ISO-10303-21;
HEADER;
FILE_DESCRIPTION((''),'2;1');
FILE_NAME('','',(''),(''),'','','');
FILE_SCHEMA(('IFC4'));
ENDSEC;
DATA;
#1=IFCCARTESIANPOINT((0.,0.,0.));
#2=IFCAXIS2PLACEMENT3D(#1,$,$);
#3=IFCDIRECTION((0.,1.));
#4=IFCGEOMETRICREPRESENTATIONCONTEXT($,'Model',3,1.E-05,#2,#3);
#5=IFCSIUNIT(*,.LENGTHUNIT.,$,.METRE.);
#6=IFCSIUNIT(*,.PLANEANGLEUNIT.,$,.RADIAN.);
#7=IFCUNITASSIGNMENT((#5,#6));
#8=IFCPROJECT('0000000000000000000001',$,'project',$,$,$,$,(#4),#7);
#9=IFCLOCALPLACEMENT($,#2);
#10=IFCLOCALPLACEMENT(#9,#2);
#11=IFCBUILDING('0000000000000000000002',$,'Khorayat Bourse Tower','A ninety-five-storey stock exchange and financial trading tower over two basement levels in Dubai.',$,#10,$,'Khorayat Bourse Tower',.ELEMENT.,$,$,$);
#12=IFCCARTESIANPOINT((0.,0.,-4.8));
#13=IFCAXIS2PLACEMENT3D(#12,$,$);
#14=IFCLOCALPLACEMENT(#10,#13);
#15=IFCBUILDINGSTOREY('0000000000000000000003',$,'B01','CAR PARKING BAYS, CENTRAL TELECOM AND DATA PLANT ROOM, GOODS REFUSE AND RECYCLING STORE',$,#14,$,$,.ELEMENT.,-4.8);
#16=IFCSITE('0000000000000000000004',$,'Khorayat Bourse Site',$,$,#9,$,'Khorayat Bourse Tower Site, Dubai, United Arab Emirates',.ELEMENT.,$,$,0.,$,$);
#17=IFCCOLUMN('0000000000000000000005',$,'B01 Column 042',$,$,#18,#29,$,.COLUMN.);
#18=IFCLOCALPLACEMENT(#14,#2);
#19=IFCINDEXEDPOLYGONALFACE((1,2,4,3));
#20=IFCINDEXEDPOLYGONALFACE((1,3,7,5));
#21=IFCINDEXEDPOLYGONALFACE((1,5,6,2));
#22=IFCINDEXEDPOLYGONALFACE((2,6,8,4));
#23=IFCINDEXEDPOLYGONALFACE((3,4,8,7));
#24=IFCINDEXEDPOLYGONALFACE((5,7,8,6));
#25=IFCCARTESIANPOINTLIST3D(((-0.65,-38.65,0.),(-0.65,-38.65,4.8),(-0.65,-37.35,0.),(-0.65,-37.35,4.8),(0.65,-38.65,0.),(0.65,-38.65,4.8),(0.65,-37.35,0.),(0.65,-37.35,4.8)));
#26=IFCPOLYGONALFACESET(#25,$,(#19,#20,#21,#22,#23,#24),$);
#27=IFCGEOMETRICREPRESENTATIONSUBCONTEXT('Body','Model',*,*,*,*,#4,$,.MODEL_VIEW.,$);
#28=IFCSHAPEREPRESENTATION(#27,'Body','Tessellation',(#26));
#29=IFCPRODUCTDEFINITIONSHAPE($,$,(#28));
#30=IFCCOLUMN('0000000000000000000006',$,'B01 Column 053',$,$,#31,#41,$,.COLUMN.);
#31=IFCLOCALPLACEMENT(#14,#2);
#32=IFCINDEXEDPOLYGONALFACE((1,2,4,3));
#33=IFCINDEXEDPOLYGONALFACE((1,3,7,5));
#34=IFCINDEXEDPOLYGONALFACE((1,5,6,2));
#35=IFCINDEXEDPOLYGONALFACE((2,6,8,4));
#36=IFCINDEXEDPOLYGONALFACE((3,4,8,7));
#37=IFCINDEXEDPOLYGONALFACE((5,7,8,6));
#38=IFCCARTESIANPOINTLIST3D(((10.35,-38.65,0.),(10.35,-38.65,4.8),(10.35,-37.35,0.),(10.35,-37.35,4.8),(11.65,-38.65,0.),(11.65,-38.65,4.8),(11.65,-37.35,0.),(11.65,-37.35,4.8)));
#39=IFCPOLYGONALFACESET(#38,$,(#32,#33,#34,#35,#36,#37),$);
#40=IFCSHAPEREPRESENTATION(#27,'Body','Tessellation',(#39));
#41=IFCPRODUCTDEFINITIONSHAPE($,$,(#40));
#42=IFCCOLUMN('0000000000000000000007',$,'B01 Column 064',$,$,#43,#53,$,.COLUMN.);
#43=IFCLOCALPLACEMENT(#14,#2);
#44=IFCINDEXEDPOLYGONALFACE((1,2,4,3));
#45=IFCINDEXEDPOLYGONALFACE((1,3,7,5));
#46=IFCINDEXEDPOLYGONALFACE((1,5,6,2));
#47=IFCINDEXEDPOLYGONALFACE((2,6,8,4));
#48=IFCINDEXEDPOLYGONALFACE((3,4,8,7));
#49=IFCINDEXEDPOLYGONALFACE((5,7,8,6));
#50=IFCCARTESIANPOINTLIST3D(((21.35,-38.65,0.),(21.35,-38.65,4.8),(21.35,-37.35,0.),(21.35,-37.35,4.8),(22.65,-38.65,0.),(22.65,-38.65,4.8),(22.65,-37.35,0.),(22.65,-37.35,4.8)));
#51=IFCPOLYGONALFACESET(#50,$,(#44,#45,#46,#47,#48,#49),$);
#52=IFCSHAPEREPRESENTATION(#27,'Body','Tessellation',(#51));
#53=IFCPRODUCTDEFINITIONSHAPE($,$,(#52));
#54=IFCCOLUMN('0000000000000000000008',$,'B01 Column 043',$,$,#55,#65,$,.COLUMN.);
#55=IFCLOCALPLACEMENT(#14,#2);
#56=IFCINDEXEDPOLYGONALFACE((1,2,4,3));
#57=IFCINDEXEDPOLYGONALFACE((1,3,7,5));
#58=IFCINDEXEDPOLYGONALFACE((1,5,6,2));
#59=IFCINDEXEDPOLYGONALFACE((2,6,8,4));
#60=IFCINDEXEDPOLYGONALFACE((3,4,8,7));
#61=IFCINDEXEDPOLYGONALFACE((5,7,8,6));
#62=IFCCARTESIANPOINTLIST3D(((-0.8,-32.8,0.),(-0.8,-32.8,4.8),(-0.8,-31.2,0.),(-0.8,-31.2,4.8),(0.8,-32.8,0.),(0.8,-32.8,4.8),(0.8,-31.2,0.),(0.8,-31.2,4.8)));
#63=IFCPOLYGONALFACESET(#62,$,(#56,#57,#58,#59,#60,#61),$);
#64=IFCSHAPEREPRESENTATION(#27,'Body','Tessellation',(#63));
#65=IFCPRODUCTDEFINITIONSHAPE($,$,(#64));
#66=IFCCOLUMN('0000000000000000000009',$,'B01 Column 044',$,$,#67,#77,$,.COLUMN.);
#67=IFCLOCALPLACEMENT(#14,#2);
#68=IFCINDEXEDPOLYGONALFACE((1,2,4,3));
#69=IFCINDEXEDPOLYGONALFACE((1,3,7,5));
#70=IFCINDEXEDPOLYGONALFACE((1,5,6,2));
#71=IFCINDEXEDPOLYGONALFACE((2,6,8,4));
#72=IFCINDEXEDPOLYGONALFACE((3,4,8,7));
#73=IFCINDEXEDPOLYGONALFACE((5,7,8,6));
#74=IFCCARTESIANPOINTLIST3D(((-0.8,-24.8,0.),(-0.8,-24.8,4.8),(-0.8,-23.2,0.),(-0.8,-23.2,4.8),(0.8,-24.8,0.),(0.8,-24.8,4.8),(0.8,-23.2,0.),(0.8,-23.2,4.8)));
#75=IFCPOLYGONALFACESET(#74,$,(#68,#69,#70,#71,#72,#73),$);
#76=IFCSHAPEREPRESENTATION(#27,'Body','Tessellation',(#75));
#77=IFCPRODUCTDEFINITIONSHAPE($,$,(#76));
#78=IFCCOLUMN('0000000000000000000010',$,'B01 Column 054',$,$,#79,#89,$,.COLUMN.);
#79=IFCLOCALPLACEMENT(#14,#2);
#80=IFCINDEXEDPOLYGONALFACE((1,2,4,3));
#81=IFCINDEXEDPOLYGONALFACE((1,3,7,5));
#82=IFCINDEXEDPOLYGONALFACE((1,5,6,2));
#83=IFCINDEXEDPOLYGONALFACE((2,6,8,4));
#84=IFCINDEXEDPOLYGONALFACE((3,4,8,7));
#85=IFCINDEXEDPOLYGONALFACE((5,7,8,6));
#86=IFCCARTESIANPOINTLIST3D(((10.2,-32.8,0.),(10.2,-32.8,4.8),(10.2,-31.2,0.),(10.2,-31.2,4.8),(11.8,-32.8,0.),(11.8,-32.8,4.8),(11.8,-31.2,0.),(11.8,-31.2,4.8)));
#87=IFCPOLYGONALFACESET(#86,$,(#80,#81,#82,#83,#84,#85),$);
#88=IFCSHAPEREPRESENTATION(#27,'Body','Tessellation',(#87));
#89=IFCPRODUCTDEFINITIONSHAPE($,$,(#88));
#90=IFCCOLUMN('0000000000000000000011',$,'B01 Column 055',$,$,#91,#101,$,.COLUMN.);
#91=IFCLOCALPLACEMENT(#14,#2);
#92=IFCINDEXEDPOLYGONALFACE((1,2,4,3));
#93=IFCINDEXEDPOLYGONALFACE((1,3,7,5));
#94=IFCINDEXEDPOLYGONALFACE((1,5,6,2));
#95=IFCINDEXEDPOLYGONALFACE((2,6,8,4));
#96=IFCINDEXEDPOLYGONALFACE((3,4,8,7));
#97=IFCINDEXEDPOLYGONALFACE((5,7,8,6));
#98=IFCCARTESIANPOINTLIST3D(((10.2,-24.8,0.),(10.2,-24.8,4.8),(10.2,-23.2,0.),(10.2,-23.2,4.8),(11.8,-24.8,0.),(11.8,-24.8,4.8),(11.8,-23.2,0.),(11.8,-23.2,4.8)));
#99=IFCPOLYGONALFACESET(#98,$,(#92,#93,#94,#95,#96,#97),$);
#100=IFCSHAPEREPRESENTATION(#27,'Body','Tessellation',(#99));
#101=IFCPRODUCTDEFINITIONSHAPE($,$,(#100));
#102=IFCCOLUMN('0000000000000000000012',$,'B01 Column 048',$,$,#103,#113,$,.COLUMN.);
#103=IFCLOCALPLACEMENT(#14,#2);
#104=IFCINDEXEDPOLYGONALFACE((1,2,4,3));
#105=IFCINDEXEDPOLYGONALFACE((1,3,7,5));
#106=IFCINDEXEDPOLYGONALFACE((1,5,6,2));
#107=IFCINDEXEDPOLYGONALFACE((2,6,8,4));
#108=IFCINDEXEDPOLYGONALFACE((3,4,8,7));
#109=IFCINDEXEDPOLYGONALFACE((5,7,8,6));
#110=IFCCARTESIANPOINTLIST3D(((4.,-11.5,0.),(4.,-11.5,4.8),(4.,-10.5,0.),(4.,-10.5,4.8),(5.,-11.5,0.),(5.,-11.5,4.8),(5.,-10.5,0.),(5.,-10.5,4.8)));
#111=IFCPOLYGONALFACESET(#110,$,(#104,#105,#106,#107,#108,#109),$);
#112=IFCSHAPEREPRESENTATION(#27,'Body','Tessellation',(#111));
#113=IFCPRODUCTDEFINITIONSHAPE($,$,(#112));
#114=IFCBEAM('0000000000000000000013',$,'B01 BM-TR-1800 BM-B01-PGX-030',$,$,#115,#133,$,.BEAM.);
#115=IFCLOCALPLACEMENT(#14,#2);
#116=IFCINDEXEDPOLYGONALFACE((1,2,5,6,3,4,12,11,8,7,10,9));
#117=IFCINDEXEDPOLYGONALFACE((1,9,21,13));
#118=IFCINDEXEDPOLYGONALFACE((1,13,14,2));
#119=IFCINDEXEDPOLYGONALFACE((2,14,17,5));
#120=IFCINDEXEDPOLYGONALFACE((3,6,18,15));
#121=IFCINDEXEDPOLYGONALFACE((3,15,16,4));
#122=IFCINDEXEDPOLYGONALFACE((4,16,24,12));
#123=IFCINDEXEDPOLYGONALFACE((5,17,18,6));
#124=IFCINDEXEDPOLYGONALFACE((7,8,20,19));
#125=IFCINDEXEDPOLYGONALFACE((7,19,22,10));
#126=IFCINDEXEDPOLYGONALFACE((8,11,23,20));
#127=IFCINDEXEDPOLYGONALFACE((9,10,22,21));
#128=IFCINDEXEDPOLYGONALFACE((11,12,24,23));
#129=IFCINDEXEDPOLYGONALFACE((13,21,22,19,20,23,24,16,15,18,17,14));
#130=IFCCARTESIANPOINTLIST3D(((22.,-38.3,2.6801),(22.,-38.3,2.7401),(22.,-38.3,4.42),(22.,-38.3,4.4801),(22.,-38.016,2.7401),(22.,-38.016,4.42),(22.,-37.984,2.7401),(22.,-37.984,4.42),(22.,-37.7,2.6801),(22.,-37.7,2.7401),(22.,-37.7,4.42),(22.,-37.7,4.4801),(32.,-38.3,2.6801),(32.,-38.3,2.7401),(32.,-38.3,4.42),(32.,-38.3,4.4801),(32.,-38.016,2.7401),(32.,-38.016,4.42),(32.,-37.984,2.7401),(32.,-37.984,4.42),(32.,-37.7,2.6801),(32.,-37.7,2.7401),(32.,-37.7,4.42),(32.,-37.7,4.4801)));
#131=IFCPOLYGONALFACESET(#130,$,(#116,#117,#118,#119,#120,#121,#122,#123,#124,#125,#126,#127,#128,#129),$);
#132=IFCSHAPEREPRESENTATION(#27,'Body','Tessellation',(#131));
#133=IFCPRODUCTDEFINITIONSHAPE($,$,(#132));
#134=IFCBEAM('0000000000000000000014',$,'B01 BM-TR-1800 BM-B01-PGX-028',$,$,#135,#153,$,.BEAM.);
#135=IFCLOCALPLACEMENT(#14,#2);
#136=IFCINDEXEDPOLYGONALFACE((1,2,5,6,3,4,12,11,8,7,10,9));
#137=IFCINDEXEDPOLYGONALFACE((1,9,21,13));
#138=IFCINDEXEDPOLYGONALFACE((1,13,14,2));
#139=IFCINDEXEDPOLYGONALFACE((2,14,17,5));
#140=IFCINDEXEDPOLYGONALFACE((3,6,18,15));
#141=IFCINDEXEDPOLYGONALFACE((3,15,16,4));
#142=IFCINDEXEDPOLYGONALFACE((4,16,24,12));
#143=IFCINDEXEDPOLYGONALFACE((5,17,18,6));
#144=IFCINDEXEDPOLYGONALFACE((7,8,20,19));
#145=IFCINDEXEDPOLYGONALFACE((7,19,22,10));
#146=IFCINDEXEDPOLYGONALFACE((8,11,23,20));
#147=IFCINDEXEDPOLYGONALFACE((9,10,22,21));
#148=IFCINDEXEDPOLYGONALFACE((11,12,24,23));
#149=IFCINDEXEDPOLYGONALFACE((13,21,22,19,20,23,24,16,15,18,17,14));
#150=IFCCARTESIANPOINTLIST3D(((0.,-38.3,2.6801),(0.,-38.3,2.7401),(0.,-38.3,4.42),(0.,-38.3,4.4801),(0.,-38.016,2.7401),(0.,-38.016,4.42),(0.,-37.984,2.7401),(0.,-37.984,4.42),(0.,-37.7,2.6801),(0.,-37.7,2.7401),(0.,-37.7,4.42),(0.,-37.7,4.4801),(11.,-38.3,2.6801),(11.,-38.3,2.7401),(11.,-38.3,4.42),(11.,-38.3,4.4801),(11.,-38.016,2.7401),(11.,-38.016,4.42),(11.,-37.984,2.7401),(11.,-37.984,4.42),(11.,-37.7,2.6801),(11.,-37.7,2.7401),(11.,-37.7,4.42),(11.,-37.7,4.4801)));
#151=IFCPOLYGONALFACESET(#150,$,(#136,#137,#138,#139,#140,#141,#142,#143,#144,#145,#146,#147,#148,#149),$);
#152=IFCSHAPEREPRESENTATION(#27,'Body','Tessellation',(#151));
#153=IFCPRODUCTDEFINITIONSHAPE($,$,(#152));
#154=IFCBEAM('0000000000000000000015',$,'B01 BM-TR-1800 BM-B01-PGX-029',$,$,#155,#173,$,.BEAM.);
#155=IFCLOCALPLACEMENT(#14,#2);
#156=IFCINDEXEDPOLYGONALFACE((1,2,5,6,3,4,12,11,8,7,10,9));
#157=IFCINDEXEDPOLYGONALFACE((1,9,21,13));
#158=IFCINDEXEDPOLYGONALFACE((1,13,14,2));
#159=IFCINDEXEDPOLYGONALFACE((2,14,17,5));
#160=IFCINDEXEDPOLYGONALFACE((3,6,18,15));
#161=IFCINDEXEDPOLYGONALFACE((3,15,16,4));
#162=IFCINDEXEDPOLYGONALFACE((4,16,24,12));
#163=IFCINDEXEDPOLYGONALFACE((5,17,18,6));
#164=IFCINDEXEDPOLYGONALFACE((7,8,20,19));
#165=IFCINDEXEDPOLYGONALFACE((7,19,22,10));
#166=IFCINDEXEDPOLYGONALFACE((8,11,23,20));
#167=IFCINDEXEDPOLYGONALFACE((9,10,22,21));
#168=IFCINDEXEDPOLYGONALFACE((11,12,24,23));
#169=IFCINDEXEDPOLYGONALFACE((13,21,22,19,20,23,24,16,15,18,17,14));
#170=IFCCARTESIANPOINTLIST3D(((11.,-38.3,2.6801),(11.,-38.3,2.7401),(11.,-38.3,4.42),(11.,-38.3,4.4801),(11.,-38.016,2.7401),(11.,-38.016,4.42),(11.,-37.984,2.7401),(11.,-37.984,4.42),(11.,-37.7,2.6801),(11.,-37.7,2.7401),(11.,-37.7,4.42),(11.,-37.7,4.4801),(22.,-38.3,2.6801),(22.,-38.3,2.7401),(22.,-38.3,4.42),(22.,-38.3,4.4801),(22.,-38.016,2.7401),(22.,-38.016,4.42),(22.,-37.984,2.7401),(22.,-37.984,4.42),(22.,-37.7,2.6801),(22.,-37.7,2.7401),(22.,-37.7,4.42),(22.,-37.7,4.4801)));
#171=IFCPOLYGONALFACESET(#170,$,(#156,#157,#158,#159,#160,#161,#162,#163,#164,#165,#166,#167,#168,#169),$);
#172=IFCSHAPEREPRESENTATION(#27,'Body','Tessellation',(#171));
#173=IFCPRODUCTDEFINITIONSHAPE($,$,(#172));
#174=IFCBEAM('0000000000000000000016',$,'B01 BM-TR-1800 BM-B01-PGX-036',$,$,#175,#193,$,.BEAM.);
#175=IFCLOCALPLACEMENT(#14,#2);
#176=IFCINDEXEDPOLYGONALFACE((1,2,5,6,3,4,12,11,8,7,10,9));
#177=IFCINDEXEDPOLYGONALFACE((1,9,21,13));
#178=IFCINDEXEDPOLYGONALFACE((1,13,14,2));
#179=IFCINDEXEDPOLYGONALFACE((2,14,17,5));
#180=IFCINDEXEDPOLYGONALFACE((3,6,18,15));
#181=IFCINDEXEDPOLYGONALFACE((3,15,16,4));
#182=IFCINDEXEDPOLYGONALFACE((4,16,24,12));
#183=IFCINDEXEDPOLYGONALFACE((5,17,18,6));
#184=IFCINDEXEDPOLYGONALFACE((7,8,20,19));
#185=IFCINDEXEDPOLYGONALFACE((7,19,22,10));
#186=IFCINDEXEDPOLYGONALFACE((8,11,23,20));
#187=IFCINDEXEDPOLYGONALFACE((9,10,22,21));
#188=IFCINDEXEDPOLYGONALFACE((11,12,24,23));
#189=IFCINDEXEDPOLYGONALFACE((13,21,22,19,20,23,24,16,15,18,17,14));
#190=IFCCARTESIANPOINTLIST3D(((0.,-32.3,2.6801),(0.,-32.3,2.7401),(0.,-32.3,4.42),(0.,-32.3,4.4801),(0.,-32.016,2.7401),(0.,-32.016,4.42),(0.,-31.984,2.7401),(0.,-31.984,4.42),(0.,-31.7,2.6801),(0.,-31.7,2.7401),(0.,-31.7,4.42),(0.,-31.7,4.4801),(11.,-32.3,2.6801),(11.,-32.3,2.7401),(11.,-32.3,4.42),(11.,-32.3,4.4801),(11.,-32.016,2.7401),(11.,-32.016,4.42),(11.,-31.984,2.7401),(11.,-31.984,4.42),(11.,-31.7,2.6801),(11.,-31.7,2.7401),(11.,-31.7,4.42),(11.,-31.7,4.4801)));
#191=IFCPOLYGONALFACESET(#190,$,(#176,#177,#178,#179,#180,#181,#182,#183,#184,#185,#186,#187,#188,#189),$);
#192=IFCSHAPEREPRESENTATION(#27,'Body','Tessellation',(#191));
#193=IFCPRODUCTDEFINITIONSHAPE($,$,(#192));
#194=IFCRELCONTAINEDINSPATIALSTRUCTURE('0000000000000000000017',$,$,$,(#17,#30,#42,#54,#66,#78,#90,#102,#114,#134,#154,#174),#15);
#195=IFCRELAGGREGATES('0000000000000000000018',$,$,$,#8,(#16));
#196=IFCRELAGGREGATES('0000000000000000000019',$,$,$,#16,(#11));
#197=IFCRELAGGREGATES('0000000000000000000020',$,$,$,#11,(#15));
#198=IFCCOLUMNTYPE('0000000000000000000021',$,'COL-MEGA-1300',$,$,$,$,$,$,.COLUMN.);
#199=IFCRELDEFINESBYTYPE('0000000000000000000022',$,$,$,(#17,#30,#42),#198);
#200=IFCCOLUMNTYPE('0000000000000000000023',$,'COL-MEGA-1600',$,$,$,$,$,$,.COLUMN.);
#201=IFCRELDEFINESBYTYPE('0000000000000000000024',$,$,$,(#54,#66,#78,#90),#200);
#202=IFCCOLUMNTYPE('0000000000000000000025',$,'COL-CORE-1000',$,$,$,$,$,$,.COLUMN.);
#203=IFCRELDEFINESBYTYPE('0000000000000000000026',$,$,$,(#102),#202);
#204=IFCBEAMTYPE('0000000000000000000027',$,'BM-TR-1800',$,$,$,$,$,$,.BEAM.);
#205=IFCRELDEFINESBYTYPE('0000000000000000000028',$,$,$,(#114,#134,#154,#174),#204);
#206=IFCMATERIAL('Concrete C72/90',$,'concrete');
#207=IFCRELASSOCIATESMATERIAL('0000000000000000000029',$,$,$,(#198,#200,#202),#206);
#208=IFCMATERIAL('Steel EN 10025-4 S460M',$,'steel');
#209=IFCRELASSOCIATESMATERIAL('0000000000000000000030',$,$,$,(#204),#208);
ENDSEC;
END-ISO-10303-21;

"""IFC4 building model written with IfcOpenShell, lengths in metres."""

from ifc_helpers import new_model, si_unit, direction, frame, origin, origin_2d, place, context, subcontext, project, spatial, rectangle, i_section, extrude, source, transform, mapped, material, material_profile, profile_set, type_object, element, save


model = new_model("IFC4")

# Units and contexts
model_context = context("Model", 3, precision=1e-05, world=origin(), true_north=direction((0.0, 1.0)))
body_context = subcontext(model_context, "Body", "Model", "MODEL_VIEW")
ifc_project = project(units=[si_unit("LENGTHUNIT", "METRE"), si_unit("PLANEANGLEUNIT", "RADIAN")], contexts=[model_context])

# Site, building, storey
site_placement = place(None, origin())
site = spatial("IfcSite", under=ifc_project, at=site_placement, Name="Khorayat Bourse Site", LongName="Khorayat Bourse Tower Site, Dubai, United Arab Emirates", CompositionType="ELEMENT", RefElevation=0.0)
building_placement = place(site_placement, origin())
building = spatial("IfcBuilding", under=site, at=building_placement, Name="Khorayat Bourse Tower", Description="A ninety-five-storey stock exchange and financial trading tower over two basement levels in Dubai.", LongName="Khorayat Bourse Tower", CompositionType="ELEMENT")
storey_placement = place(building_placement, frame((0.0, 0.0, -4.8)))
storey = spatial("IfcBuildingStorey", under=building, at=storey_placement, Name="B01", Description="CAR PARKING BAYS, CENTRAL TELECOM AND DATA PLANT ROOM, GOODS REFUSE AND RECYCLING STORE", CompositionType="ELEMENT", Elevation=-4.8)

# Columns
ifc_material_1 = material(Name="Concrete C72/90", Category="concrete")
ifc_material_profile_1 = material_profile(ifc_material_1, rectangle(XDim=1.3, YDim=1.3, at=origin_2d()), Name="RC 1300x1300")
ifc_profile_set_1 = profile_set([ifc_material_profile_1], Name="Concrete C72/90")
column_type_1 = type_object("IfcColumnType", Name="COL-MEGA-1300", PredefinedType="COLUMN", material=ifc_profile_set_1)
shared_shape_1 = source(origin(), body_context, "Body", "SweptSolid", [
    extrude(rectangle(XDim=1.3, YDim=1.3, at=origin_2d()), origin(), (0.0, 0.0, 1.0), 4.8),
])
for number, where, z_axis, x_axis, name in (
    (1, (0.0, -38.0, 0.0), (0.0, 0.0, 1.0), (1.0, 0.0, 0.0), "B01 Column 042"),
    (2, (11.0, -38.0, 0.0), (0.0, 0.0, 1.0), (1.0, 0.0, 0.0), "B01 Column 053"),
    (3, (22.0, -38.0, 0.0), (0.0, 0.0, 1.0), (1.0, 0.0, 0.0), "B01 Column 064"),
):
    element("IfcColumn", number, at=place(storey_placement, frame(where, z_axis=z_axis, x_axis=x_axis)), inside=storey, type_object=column_type_1, Name=name, PredefinedType="COLUMN", context=body_context, shape_type="MappedRepresentation", body=[
        mapped(shared_shape_1, transform((0.0, 0.0, 0.0), scale=1.0)),
    ])
ifc_material_profile_2 = material_profile(ifc_material_1, rectangle(XDim=1.6001, YDim=1.6001, at=origin_2d()), Name="RC 1600x1600")
ifc_profile_set_2 = profile_set([ifc_material_profile_2], Name="Concrete C72/90")
column_type_2 = type_object("IfcColumnType", Name="COL-MEGA-1600", PredefinedType="COLUMN", material=ifc_profile_set_2)
shared_shape_2 = source(origin(), body_context, "Body", "SweptSolid", [
    extrude(rectangle(XDim=1.6001, YDim=1.6001, at=origin_2d()), origin(), (0.0, 0.0, 1.0), 4.8),
])
for number, where, z_axis, x_axis, name in (
    (4, (0.0, -32.0, 0.0), (0.0, 0.0, 1.0), (1.0, 0.0, 0.0), "B01 Column 043"),
    (5, (0.0, -24.0, 0.0), (0.0, 0.0, 1.0), (1.0, 0.0, 0.0), "B01 Column 044"),
    (6, (11.0, -32.0, 0.0), (0.0, 0.0, 1.0), (1.0, 0.0, 0.0), "B01 Column 054"),
    (7, (11.0, -24.0, 0.0), (0.0, 0.0, 1.0), (1.0, 0.0, 0.0), "B01 Column 055"),
):
    element("IfcColumn", number, at=place(storey_placement, frame(where, z_axis=z_axis, x_axis=x_axis)), inside=storey, type_object=column_type_2, Name=name, PredefinedType="COLUMN", context=body_context, shape_type="MappedRepresentation", body=[
        mapped(shared_shape_2, transform((0.0, 0.0, 0.0), scale=1.0)),
    ])
ifc_material_profile_3 = material_profile(ifc_material_1, rectangle(XDim=1.0, YDim=1.0, at=origin_2d()), Name="RC 1000x1000")
ifc_profile_set_3 = profile_set([ifc_material_profile_3], Name="Concrete C72/90")
column_type_3 = type_object("IfcColumnType", Name="COL-CORE-1000", PredefinedType="COLUMN", material=ifc_profile_set_3)
shared_shape_3 = source(origin(), body_context, "Body", "SweptSolid", [
    extrude(rectangle(XDim=1.0, YDim=1.0, at=origin_2d()), origin(), (0.0, 0.0, 1.0), 4.8),
])
column_placement = place(storey_placement, frame((4.5, -11.0, 0.0), z_axis=(0.0, 0.0, 1.0), x_axis=(1.0, 0.0, 0.0)))
element("IfcColumn", 8, at=column_placement, inside=storey, type_object=column_type_3, Name="B01 Column 048", PredefinedType="COLUMN", context=body_context, shape_type="MappedRepresentation", body=[
    mapped(shared_shape_3, transform((0.0, 0.0, 0.0), scale=1.0)),
])

# Beams
ifc_material_2 = material(Name="Steel EN 10025-4 S460M", Category="steel")
ifc_material_profile_4 = material_profile(ifc_material_2, i_section(OverallWidth=0.6001, OverallDepth=1.8, WebThickness=0.032, FlangeThickness=0.0601, at=origin_2d()), Name="PG 1800x600x32x60")
ifc_profile_set_4 = profile_set([ifc_material_profile_4], Name="Steel EN 10025-4 S460M")
beam_type_1 = type_object("IfcBeamType", Name="BM-TR-1800", PredefinedType="BEAM", material=ifc_profile_set_4)
shared_shape_4 = source(origin(), body_context, "Body", "SweptSolid", [
    extrude(i_section(OverallWidth=0.6001, OverallDepth=1.8, WebThickness=0.032, FlangeThickness=0.0601, at=origin_2d()), origin(), (0.0, 0.0, 1.0), 10.0),
])
beam_1_placement = place(storey_placement, frame((22.0, -38.0, 3.5801), z_axis=(1.0, 0.0, 0.0), x_axis=(0.0, 1.0, 0.0)))
element("IfcBeam", 9, at=beam_1_placement, inside=storey, type_object=beam_type_1, Name="B01 BM-TR-1800 BM-B01-PGX-030", PredefinedType="BEAM", context=body_context, shape_type="MappedRepresentation", body=[
    mapped(shared_shape_4, transform((0.0, 0.0, 0.0), scale=1.0)),
])
shared_shape_5 = source(origin(), body_context, "Body", "SweptSolid", [
    extrude(i_section(OverallWidth=0.6001, OverallDepth=1.8, WebThickness=0.032, FlangeThickness=0.0601, at=origin_2d()), origin(), (0.0, 0.0, 1.0), 11.0),
])
for number, where, z_axis, x_axis, name in (
    (10, (0.0, -38.0, 3.5801), (1.0, 0.0, 0.0), (0.0, 1.0, 0.0), "B01 BM-TR-1800 BM-B01-PGX-028"),
    (11, (11.0, -38.0, 3.5801), (1.0, 0.0, 0.0), (0.0, 1.0, 0.0), "B01 BM-TR-1800 BM-B01-PGX-029"),
    (12, (0.0, -32.0, 3.5801), (1.0, 0.0, 0.0), (0.0, 1.0, 0.0), "B01 BM-TR-1800 BM-B01-PGX-036"),
):
    element("IfcBeam", number, at=place(storey_placement, frame(where, z_axis=z_axis, x_axis=x_axis)), inside=storey, type_object=beam_type_1, Name=name, PredefinedType="BEAM", context=body_context, shape_type="MappedRepresentation", body=[
        mapped(shared_shape_5, transform((0.0, 0.0, 0.0), scale=1.0)),
    ])

save(model, "model.ifc")
